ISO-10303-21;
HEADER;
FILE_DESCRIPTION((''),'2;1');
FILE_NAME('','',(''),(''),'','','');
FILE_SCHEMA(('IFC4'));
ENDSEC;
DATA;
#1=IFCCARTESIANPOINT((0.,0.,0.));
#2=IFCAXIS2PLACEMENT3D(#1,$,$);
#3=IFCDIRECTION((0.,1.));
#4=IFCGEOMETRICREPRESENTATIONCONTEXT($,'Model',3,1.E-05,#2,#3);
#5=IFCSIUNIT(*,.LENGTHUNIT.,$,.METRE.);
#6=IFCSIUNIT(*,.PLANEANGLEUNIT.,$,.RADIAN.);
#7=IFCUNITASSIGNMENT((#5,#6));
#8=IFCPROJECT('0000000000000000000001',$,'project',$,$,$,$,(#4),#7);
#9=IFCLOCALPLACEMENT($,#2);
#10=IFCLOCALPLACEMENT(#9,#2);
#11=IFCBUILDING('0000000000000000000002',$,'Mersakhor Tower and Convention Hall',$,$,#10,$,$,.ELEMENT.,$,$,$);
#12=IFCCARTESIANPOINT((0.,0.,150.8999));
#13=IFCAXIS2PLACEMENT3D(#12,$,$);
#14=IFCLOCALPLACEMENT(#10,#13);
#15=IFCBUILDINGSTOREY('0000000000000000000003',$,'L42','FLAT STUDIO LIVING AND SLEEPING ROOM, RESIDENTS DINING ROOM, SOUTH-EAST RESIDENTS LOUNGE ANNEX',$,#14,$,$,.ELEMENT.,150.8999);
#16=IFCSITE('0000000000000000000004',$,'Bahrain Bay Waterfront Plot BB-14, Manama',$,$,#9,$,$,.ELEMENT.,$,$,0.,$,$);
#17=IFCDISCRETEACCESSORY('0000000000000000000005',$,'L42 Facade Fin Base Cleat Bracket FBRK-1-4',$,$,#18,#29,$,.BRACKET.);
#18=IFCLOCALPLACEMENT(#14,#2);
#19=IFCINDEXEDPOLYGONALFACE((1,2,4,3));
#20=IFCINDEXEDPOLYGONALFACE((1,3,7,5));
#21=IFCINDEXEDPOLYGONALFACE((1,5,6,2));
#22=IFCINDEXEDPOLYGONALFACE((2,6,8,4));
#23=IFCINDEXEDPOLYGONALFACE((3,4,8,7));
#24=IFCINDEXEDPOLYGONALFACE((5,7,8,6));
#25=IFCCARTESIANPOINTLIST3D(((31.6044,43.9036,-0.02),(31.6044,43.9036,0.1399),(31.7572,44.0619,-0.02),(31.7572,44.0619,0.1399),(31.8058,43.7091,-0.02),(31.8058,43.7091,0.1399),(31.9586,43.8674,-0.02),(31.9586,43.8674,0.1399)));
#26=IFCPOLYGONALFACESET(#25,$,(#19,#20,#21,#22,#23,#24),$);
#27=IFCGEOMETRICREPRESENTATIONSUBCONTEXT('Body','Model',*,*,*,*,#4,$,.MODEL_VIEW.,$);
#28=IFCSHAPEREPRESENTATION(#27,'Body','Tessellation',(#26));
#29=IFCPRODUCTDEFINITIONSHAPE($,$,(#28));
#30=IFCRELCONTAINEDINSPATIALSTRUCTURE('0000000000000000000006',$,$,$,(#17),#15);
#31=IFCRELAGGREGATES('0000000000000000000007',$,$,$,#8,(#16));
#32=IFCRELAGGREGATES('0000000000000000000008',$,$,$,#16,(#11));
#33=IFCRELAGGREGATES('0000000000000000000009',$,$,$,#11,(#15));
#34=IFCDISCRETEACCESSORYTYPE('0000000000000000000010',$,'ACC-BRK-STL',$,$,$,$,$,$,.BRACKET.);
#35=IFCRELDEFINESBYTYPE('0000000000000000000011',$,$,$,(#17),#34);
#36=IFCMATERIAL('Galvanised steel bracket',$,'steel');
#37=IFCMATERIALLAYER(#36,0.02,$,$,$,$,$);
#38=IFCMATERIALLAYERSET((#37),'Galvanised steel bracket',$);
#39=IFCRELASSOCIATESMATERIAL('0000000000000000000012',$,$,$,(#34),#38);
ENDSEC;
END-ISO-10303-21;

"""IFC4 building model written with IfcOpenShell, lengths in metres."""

from ifc_helpers import new_model, si_unit, direction, frame, origin, origin_2d, place, context, subcontext, project, spatial, rectangle, extrude, material, layer, layer_set, type_object, element, save


model = new_model("IFC4")

# Units and contexts
model_context = context("Model", 3, precision=1e-05, world=origin(), true_north=direction((0.0, 1.0)))
body_context = subcontext(model_context, "Body", "Model", "MODEL_VIEW")
ifc_project = project(units=[si_unit("LENGTHUNIT", "METRE"), si_unit("PLANEANGLEUNIT", "RADIAN")], contexts=[model_context])

# Site, building, storey
site_placement = place(None, origin())
site = spatial("IfcSite", under=ifc_project, at=site_placement, Name="Bahrain Bay Waterfront Plot BB-14, Manama", CompositionType="ELEMENT", RefElevation=0.0)
building_placement = place(site_placement, origin())
building = spatial("IfcBuilding", under=site, at=building_placement, Name="Mersakhor Tower and Convention Hall", CompositionType="ELEMENT")
storey_placement = place(building_placement, frame((0.0, 0.0, 150.8999)))
storey = spatial("IfcBuildingStorey", under=building, at=storey_placement, Name="L42", Description="FLAT STUDIO LIVING AND SLEEPING ROOM, RESIDENTS DINING ROOM, SOUTH-EAST RESIDENTS LOUNGE ANNEX", CompositionType="ELEMENT", Elevation=150.8999)

# Discrete accessory
ifc_material_1 = material(Name="Galvanised steel bracket", Category="steel")
ifc_layer_1 = layer(ifc_material_1, 0.02)
ifc_layer_set_1 = layer_set([ifc_layer_1], Name="Galvanised steel bracket")
discrete_accessory_type = type_object("IfcDiscreteAccessoryType", Name="ACC-BRK-STL", PredefinedType="BRACKET", material=ifc_layer_set_1)
discrete_accessory_placement = place(storey_placement, frame((31.7815, 43.8855, -0.02), z_axis=(0.0, 0.0, 1.0), x_axis=(-0.71934, 0.694658, 0.0)))
element("IfcDiscreteAccessory", 1, at=discrete_accessory_placement, inside=storey, type_object=discrete_accessory_type, Name="L42 Facade Fin Base Cleat Bracket FBRK-1-4", PredefinedType="BRACKET", context=body_context, shape_type="SweptSolid", body=[
    extrude(rectangle(XDim=0.28, YDim=0.22, at=origin_2d()), origin(), (0.0, 0.0, 1.0), 0.1599),
])

save(model, "model.ifc")
